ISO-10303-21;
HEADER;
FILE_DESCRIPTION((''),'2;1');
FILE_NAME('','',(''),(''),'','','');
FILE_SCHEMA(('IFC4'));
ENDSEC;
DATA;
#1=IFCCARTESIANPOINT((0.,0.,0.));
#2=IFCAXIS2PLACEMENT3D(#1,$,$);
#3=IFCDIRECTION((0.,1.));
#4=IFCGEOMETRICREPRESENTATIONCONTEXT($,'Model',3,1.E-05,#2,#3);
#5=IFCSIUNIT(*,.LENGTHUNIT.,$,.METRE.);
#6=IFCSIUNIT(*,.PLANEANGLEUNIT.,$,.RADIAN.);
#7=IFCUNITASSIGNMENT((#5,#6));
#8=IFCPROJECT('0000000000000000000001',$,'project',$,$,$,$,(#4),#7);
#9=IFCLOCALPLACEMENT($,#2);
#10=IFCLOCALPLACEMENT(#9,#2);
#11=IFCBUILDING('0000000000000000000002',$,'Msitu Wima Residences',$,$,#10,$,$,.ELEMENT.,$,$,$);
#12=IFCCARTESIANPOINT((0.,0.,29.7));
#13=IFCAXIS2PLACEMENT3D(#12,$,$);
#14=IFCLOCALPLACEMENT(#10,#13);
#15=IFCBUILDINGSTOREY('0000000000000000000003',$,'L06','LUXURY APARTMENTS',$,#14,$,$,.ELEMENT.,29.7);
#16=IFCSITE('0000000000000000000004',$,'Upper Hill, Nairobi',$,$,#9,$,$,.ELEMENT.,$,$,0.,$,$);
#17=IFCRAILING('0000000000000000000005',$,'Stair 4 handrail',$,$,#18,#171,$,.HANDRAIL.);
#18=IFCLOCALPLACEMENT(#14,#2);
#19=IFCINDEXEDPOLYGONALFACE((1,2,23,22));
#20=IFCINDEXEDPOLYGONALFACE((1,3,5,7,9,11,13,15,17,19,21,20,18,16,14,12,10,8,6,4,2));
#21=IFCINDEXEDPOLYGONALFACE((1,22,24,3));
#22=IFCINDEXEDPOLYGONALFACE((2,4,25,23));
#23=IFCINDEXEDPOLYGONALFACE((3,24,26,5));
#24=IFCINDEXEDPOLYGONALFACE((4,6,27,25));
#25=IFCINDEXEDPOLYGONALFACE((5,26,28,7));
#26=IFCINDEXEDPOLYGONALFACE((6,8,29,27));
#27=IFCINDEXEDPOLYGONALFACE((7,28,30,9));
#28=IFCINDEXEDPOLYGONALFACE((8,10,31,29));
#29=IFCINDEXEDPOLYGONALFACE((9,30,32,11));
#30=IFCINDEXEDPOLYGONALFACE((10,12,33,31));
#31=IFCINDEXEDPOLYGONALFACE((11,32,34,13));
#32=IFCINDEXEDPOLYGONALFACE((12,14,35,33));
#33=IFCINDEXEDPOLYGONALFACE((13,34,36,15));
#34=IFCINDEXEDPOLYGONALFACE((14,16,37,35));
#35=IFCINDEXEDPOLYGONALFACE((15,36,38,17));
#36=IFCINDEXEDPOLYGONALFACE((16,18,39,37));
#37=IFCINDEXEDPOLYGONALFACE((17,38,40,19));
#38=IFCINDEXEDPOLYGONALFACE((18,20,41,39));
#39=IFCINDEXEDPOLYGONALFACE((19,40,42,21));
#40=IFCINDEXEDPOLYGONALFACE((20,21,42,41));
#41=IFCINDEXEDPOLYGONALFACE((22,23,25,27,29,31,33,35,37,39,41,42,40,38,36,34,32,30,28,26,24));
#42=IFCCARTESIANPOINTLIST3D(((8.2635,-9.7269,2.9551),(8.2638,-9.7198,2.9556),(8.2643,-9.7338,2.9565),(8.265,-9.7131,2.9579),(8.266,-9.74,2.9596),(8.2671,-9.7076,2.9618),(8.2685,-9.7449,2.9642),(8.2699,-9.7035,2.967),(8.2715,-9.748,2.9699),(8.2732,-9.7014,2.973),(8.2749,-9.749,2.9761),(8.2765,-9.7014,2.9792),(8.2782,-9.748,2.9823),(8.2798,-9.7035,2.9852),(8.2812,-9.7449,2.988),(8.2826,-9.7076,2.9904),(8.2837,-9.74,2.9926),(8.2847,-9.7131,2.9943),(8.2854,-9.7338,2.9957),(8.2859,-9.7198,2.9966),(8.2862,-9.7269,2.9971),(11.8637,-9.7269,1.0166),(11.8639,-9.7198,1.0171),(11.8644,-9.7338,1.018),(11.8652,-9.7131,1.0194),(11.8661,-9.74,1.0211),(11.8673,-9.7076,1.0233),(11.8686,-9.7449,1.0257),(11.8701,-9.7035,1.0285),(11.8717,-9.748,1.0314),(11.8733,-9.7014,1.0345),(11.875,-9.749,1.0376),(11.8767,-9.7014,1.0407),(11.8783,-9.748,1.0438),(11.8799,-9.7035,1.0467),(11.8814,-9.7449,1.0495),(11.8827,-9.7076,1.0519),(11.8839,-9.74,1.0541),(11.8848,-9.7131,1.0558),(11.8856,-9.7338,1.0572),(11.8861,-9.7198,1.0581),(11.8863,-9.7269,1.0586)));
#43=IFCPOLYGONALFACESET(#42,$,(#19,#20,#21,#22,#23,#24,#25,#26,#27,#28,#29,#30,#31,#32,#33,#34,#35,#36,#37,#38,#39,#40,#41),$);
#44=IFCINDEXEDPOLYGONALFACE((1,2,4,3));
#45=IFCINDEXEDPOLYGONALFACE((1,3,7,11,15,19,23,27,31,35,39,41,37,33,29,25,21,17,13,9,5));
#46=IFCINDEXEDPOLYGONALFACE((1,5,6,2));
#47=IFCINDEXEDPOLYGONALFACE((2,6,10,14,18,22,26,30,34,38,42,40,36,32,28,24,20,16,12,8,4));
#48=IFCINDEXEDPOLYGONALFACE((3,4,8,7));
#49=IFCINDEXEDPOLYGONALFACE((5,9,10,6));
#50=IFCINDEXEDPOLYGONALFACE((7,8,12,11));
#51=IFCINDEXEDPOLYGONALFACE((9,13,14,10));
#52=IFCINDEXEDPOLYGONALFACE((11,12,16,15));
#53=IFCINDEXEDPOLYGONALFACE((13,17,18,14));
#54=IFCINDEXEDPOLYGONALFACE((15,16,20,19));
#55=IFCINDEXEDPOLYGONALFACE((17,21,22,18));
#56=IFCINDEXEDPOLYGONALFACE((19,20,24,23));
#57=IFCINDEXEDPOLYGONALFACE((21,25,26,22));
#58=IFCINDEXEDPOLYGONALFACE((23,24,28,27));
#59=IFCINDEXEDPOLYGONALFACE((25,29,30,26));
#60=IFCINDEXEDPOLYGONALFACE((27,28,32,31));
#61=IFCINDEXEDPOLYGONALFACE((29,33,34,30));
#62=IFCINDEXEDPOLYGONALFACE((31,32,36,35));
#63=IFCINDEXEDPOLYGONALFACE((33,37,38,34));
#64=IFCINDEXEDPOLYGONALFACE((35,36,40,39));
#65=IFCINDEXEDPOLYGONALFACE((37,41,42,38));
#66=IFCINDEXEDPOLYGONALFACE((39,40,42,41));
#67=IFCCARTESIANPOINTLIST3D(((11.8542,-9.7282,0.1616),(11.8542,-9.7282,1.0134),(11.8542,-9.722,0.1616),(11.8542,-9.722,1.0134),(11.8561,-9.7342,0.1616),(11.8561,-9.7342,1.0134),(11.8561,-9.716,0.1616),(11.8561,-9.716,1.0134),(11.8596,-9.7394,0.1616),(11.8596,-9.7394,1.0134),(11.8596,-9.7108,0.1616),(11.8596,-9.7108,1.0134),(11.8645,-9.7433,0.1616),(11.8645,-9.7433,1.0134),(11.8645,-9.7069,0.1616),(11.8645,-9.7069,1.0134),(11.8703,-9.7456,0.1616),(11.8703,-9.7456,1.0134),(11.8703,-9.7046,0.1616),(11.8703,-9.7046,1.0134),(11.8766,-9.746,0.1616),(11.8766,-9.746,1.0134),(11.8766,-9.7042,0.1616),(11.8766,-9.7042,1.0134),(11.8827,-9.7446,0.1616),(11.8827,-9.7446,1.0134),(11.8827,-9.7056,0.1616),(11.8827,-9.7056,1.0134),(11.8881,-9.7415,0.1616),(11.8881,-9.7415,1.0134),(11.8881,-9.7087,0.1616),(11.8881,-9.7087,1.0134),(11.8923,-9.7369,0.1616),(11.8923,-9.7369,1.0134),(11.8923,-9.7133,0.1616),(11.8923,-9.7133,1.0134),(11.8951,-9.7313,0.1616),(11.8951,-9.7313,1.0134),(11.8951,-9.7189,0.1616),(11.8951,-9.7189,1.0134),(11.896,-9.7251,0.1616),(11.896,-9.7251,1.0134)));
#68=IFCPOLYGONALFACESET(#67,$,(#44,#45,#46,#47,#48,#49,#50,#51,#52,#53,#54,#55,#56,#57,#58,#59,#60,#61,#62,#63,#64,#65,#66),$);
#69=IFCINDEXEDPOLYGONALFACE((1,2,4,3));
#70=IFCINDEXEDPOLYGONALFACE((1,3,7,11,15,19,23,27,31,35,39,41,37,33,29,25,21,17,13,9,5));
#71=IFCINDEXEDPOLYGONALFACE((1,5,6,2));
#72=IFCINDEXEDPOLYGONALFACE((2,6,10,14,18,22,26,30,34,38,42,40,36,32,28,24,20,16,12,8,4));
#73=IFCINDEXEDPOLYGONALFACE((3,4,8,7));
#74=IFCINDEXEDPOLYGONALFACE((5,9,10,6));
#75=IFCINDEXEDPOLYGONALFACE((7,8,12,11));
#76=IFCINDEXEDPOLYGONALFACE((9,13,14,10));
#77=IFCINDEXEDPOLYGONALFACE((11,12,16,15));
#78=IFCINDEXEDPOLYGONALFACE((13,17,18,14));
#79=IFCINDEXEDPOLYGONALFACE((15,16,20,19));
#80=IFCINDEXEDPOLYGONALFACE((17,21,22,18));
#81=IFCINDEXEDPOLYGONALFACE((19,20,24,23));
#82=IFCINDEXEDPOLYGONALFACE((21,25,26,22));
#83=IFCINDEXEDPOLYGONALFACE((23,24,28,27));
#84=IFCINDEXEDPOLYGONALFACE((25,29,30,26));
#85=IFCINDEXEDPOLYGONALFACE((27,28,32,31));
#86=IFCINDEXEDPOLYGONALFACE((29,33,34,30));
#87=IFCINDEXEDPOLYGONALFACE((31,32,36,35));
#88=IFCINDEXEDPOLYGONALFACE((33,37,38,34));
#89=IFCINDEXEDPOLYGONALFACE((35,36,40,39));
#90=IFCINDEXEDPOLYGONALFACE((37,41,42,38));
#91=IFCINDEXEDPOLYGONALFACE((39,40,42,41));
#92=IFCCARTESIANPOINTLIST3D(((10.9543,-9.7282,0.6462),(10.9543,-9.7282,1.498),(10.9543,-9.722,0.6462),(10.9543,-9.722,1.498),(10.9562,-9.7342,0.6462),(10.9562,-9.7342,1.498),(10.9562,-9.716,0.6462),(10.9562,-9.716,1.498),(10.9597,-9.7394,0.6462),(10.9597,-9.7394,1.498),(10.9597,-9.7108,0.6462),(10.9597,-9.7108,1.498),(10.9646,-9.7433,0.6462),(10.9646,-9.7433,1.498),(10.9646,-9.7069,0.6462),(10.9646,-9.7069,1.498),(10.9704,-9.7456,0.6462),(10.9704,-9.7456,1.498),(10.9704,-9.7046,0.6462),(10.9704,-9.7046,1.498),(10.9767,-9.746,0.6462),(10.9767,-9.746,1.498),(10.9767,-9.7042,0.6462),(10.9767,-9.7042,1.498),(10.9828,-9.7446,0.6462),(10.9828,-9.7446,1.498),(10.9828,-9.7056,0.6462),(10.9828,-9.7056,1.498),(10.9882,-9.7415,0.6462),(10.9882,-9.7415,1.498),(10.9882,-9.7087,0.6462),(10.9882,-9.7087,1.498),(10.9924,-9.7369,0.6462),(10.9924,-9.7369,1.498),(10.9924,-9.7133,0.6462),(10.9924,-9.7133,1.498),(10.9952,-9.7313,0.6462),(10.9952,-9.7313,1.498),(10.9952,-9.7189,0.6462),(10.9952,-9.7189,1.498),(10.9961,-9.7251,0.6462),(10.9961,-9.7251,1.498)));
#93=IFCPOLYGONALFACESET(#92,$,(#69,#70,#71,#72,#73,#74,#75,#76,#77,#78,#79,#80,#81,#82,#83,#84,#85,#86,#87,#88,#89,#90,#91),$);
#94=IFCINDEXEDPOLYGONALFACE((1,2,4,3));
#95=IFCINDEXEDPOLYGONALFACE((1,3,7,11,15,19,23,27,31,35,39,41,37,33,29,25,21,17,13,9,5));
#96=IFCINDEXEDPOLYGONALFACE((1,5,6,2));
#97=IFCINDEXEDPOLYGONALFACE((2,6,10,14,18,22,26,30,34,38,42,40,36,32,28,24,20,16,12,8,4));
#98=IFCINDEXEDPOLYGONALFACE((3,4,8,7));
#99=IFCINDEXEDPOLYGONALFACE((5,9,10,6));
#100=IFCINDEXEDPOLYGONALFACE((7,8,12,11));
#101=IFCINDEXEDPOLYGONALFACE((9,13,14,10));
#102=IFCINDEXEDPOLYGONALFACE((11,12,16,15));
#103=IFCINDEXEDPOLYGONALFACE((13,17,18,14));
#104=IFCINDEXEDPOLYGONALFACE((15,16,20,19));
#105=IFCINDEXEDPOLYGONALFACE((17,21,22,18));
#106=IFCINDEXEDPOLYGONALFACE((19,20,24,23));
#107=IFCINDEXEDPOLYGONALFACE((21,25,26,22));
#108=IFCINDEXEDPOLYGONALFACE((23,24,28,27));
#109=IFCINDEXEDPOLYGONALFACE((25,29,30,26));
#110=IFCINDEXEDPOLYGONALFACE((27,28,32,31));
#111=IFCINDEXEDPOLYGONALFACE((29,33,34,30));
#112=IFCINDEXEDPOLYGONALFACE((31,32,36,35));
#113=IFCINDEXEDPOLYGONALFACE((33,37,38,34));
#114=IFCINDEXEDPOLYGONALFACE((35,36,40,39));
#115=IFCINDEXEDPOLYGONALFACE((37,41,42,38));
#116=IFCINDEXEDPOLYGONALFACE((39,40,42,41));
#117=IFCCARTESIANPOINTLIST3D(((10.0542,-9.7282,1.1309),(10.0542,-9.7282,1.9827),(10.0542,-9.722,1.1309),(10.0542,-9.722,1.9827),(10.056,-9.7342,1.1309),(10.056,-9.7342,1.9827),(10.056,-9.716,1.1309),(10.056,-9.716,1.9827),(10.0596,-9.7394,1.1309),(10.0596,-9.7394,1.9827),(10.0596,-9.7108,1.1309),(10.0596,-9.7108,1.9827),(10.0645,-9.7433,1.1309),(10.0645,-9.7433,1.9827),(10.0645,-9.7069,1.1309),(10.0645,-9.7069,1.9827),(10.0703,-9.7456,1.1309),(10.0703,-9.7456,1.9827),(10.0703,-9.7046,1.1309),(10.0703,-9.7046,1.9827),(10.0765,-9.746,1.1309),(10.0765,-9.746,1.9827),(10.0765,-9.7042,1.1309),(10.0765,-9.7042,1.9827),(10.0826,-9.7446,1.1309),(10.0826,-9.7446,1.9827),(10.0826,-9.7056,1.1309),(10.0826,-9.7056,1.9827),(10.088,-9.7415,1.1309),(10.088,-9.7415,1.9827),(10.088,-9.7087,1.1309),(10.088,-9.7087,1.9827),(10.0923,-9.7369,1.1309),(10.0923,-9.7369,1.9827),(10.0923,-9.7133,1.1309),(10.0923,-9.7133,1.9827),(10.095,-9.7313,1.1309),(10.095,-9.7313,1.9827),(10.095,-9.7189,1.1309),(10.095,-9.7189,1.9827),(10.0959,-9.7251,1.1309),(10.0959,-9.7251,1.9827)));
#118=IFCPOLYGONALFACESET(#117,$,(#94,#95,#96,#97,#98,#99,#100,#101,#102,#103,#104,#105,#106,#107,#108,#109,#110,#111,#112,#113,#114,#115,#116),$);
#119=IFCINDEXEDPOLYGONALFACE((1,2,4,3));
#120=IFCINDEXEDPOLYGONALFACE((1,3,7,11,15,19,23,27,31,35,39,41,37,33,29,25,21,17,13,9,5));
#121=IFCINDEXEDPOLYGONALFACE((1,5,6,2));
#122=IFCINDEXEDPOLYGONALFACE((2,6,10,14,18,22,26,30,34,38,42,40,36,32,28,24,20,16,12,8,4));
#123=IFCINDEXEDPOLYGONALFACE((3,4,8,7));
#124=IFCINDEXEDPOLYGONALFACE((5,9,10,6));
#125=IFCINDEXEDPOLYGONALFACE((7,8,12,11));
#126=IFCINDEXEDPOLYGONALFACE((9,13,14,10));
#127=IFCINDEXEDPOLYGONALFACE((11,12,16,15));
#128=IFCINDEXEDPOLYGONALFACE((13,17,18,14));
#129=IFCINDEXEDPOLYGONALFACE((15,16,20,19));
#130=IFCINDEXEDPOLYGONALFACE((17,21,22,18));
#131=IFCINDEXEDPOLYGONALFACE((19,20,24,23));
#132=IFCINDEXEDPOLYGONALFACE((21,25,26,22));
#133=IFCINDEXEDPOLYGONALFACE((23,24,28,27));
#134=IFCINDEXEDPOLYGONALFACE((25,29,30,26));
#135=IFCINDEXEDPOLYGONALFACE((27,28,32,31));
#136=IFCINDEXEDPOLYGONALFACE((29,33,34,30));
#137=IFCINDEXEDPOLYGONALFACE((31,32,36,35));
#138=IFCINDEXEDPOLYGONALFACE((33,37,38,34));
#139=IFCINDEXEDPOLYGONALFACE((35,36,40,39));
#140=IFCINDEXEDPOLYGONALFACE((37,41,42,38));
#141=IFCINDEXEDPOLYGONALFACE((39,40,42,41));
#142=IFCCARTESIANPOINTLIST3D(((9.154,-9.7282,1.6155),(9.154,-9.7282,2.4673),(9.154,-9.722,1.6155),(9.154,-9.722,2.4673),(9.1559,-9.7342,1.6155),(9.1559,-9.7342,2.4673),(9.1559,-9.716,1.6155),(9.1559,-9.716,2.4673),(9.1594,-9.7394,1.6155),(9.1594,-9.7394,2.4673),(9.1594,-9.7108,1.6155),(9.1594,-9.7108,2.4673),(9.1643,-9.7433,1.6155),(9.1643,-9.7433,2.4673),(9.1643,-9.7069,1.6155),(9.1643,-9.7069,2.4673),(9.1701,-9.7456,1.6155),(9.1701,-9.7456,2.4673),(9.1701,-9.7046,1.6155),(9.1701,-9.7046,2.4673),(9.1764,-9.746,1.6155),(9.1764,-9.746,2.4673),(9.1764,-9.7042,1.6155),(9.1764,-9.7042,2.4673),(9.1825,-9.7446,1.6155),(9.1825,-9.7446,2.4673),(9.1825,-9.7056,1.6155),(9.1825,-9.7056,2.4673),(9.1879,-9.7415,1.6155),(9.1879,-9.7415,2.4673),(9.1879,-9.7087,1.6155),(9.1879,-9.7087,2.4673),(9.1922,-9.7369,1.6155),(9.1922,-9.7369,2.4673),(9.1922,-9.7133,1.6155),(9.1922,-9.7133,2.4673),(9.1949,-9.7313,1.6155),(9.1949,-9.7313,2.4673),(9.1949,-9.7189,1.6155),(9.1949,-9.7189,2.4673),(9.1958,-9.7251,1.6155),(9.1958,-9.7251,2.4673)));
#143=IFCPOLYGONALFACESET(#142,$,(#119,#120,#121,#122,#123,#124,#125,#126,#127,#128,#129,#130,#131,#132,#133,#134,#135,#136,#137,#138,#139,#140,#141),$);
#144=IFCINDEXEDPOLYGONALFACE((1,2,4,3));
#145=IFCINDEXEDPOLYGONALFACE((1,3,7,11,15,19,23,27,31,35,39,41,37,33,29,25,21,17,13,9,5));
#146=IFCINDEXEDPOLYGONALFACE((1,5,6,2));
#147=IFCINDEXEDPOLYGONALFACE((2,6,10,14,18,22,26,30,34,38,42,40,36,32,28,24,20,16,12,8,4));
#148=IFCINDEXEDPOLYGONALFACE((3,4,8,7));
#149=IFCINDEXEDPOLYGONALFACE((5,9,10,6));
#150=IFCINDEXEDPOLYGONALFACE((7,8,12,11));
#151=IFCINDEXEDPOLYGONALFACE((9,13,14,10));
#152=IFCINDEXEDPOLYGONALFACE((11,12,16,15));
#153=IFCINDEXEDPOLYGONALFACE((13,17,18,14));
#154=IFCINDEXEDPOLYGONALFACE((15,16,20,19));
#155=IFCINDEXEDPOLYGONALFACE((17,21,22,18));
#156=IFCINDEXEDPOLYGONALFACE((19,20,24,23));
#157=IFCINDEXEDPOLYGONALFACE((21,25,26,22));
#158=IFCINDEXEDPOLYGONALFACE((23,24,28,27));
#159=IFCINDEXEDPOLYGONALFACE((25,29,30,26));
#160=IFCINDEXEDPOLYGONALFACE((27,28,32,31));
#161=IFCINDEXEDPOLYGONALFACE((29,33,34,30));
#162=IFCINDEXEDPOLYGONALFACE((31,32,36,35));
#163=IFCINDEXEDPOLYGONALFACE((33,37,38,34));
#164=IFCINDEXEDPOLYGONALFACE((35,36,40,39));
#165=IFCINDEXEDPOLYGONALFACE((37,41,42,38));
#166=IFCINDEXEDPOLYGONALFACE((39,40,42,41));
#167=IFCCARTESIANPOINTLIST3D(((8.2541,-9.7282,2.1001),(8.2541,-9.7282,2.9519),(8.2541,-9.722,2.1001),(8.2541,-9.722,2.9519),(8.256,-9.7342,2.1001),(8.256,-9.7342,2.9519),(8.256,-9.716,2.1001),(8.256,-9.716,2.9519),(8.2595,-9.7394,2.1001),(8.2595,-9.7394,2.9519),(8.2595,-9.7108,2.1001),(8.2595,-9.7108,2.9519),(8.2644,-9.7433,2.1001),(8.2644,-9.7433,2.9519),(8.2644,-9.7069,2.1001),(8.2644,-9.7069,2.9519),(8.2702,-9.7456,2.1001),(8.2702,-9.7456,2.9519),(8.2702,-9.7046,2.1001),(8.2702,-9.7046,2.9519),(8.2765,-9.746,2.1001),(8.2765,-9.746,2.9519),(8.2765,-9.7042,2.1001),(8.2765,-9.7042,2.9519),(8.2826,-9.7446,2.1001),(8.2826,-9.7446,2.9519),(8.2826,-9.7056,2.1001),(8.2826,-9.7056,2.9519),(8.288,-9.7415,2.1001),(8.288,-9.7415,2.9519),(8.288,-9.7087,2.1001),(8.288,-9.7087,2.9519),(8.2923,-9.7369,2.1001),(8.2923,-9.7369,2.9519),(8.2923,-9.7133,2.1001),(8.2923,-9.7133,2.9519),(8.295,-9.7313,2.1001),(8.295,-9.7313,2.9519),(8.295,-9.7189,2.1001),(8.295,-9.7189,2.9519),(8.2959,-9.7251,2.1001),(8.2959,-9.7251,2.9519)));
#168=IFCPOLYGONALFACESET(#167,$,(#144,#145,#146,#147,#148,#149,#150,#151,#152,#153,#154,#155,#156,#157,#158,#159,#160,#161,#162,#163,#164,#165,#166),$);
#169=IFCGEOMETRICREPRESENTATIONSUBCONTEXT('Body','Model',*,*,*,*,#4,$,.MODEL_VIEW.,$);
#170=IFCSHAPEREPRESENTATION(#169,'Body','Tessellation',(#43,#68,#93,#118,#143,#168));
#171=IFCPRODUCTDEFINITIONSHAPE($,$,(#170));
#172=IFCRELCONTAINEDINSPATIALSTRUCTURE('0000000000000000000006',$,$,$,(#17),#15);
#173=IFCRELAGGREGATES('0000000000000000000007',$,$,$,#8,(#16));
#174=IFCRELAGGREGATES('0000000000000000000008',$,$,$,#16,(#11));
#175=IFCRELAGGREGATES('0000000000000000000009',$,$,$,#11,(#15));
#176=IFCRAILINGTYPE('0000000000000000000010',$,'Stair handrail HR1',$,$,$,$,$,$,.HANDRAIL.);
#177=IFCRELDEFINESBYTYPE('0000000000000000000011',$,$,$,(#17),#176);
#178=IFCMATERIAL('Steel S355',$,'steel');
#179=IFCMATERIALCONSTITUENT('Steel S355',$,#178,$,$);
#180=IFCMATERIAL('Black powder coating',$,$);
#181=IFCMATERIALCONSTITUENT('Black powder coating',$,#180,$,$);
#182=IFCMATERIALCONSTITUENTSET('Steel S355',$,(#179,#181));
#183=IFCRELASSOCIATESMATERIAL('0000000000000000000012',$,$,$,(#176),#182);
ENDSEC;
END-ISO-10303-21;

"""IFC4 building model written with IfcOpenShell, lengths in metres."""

from ifc_helpers import new_model, si_unit, direction, frame, origin, origin_2d, place, context, subcontext, project, spatial, circle, extrude, material, constituent, constituent_set, type_object, element, save


model = new_model("IFC4")

# Units and contexts
model_context = context("Model", 3, precision=1e-05, world=origin(), true_north=direction((0.0, 1.0)))
body_context = subcontext(model_context, "Body", "Model", "MODEL_VIEW")
ifc_project = project(units=[si_unit("LENGTHUNIT", "METRE"), si_unit("PLANEANGLEUNIT", "RADIAN")], contexts=[model_context])

# Site, building, storey
site_placement = place(None, origin())
site = spatial("IfcSite", under=ifc_project, at=site_placement, Name="Upper Hill, Nairobi", CompositionType="ELEMENT", RefElevation=0.0)
building_placement = place(site_placement, origin())
building = spatial("IfcBuilding", under=site, at=building_placement, Name="Msitu Wima Residences", CompositionType="ELEMENT")
storey_placement = place(building_placement, frame((0.0, 0.0, 29.7)))
storey = spatial("IfcBuildingStorey", under=building, at=storey_placement, Name="L06", Description="LUXURY APARTMENTS", CompositionType="ELEMENT", Elevation=29.7)

# Railing
ifc_material_1 = material(Name="Steel S355", Category="steel")
ifc_constituent_1 = constituent(ifc_material_1, Name="Steel S355")
ifc_material_2 = material(Name="Black powder coating")
ifc_constituent_2 = constituent(ifc_material_2, Name="Black powder coating")
ifc_constituent_set = constituent_set(constituents=[ifc_constituent_1, ifc_constituent_2], Name="Steel S355")
railing_type = type_object("IfcRailingType", Name="Stair handrail HR1", PredefinedType="HANDRAIL", material=ifc_constituent_set)
for number, where, name in (
    (1, (11.875, -9.7251, 0.1616), "Stair 4 handrail"),
):
    element("IfcRailing", number, at=place(storey_placement, frame(where)), inside=storey, type_object=railing_type, Name=name, PredefinedType="HANDRAIL", context=body_context, shape_type="SweptSolid", body=[
        extrude(circle(Radius=0.0239, at=origin_2d()), frame((0.0, 0.0, 0.876), z_axis=(-0.880475, 0.0, 0.474093), x_axis=(0.0, -1.0, 0.0)), (0.0, 0.0, 1.0), 4.0889),
        extrude(circle(Radius=0.021, at=origin_2d()), origin(), (0.0, 0.0, 1.0), 0.8518),
        extrude(circle(Radius=0.021, at=origin_2d()), frame((-0.8999, 0.0, 0.4846)), (0.0, 0.0, 1.0), 0.8518),
        extrude(circle(Radius=0.021, at=origin_2d()), frame((-1.8, 0.0, 0.9692)), (0.0, 0.0, 1.0), 0.8518),
        extrude(circle(Radius=0.021, at=origin_2d()), frame((-2.7002, 0.0, 1.4539)), (0.0, 0.0, 1.0), 0.8518),
        extrude(circle(Radius=0.021, at=origin_2d()), frame((-3.6001, 0.0, 1.9385)), (0.0, 0.0, 1.0), 0.8518),
    ])

save(model, "model.ifc")
